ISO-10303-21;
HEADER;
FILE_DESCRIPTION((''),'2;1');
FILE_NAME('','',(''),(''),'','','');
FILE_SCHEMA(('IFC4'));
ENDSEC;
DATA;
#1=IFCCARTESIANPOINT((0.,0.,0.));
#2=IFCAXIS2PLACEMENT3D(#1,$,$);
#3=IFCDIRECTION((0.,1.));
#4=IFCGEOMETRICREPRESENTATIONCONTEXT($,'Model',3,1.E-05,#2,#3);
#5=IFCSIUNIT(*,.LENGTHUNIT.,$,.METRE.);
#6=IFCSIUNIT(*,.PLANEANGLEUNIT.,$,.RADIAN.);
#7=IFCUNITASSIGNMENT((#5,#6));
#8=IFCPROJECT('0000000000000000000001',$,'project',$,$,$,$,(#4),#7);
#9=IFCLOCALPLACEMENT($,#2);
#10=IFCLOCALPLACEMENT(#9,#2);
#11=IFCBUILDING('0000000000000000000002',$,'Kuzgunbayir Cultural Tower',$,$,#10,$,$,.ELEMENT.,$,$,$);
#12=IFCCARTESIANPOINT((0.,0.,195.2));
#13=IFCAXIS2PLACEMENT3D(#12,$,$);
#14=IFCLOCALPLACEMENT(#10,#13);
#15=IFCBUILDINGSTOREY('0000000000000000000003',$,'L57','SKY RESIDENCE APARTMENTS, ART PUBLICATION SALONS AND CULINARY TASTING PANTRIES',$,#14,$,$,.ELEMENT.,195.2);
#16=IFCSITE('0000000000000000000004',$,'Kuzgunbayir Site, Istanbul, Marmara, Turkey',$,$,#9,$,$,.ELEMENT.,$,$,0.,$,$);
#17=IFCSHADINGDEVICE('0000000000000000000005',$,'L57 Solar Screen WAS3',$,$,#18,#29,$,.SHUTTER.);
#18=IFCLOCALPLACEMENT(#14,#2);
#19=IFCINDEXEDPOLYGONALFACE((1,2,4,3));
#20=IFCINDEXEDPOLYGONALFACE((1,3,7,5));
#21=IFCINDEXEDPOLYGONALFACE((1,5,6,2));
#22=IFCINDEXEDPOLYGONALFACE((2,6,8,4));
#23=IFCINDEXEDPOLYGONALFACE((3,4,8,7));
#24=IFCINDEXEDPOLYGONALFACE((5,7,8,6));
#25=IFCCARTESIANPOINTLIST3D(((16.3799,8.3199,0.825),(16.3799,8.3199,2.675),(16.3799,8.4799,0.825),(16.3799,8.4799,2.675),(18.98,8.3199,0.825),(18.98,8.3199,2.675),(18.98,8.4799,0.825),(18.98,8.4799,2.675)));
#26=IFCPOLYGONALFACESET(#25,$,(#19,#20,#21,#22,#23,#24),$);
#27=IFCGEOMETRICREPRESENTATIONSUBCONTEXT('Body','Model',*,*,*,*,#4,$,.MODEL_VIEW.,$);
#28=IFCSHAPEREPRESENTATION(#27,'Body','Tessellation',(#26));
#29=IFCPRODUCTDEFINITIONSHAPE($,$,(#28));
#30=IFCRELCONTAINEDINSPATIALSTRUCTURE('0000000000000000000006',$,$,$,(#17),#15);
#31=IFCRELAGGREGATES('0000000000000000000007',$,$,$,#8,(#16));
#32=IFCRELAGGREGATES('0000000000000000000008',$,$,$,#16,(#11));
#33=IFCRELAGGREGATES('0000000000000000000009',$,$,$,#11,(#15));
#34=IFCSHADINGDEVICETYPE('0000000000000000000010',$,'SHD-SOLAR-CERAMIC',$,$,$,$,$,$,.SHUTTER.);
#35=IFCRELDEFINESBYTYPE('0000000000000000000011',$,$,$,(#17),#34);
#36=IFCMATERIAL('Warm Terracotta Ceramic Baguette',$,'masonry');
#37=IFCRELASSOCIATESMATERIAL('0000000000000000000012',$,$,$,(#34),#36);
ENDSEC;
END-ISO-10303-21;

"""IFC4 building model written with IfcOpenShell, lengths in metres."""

from ifc_helpers import new_model, si_unit, direction, frame, origin, origin_2d, place, context, subcontext, project, spatial, rectangle, extrude, material, type_object, element, save


model = new_model("IFC4")

# Units and contexts
model_context = context("Model", 3, precision=1e-05, world=origin(), true_north=direction((0.0, 1.0)))
body_context = subcontext(model_context, "Body", "Model", "MODEL_VIEW")
ifc_project = project(units=[si_unit("LENGTHUNIT", "METRE"), si_unit("PLANEANGLEUNIT", "RADIAN")], contexts=[model_context])

# Site, building, storey
site_placement = place(None, origin())
site = spatial("IfcSite", under=ifc_project, at=site_placement, Name="Kuzgunbayir Site, Istanbul, Marmara, Turkey", CompositionType="ELEMENT", RefElevation=0.0)
building_placement = place(site_placement, origin())
building = spatial("IfcBuilding", under=site, at=building_placement, Name="Kuzgunbayir Cultural Tower", CompositionType="ELEMENT")
storey_placement = place(building_placement, frame((0.0, 0.0, 195.2)))
storey = spatial("IfcBuildingStorey", under=building, at=storey_placement, Name="L57", Description="SKY RESIDENCE APARTMENTS, ART PUBLICATION SALONS AND CULINARY TASTING PANTRIES", CompositionType="ELEMENT", Elevation=195.2)

# Shading device
ifc_material_1 = material(Name="Warm Terracotta Ceramic Baguette", Category="masonry")
shading_device_type_1 = type_object("IfcShadingDeviceType", Name="SHD-SOLAR-CERAMIC", PredefinedType="SHUTTER", material=ifc_material_1)
for number, where, z_axis, x_axis, name in (
    (1, (17.6799, 8.3999, 0.825), (0.0, 0.0, 1.0), (1.0, 0.0, 0.0), "L57 Solar Screen WAS3"),
):
    element("IfcShadingDevice", number, at=place(storey_placement, frame(where, z_axis=z_axis, x_axis=x_axis)), inside=storey, type_object=shading_device_type_1, Name=name, PredefinedType="SHUTTER", context=body_context, shape_type="SweptSolid", body=[
        extrude(rectangle(XDim=2.6001, YDim=0.1599, at=origin_2d()), origin(), (0.0, 0.0, 1.0), 1.8501),
    ])

save(model, "model.ifc")
